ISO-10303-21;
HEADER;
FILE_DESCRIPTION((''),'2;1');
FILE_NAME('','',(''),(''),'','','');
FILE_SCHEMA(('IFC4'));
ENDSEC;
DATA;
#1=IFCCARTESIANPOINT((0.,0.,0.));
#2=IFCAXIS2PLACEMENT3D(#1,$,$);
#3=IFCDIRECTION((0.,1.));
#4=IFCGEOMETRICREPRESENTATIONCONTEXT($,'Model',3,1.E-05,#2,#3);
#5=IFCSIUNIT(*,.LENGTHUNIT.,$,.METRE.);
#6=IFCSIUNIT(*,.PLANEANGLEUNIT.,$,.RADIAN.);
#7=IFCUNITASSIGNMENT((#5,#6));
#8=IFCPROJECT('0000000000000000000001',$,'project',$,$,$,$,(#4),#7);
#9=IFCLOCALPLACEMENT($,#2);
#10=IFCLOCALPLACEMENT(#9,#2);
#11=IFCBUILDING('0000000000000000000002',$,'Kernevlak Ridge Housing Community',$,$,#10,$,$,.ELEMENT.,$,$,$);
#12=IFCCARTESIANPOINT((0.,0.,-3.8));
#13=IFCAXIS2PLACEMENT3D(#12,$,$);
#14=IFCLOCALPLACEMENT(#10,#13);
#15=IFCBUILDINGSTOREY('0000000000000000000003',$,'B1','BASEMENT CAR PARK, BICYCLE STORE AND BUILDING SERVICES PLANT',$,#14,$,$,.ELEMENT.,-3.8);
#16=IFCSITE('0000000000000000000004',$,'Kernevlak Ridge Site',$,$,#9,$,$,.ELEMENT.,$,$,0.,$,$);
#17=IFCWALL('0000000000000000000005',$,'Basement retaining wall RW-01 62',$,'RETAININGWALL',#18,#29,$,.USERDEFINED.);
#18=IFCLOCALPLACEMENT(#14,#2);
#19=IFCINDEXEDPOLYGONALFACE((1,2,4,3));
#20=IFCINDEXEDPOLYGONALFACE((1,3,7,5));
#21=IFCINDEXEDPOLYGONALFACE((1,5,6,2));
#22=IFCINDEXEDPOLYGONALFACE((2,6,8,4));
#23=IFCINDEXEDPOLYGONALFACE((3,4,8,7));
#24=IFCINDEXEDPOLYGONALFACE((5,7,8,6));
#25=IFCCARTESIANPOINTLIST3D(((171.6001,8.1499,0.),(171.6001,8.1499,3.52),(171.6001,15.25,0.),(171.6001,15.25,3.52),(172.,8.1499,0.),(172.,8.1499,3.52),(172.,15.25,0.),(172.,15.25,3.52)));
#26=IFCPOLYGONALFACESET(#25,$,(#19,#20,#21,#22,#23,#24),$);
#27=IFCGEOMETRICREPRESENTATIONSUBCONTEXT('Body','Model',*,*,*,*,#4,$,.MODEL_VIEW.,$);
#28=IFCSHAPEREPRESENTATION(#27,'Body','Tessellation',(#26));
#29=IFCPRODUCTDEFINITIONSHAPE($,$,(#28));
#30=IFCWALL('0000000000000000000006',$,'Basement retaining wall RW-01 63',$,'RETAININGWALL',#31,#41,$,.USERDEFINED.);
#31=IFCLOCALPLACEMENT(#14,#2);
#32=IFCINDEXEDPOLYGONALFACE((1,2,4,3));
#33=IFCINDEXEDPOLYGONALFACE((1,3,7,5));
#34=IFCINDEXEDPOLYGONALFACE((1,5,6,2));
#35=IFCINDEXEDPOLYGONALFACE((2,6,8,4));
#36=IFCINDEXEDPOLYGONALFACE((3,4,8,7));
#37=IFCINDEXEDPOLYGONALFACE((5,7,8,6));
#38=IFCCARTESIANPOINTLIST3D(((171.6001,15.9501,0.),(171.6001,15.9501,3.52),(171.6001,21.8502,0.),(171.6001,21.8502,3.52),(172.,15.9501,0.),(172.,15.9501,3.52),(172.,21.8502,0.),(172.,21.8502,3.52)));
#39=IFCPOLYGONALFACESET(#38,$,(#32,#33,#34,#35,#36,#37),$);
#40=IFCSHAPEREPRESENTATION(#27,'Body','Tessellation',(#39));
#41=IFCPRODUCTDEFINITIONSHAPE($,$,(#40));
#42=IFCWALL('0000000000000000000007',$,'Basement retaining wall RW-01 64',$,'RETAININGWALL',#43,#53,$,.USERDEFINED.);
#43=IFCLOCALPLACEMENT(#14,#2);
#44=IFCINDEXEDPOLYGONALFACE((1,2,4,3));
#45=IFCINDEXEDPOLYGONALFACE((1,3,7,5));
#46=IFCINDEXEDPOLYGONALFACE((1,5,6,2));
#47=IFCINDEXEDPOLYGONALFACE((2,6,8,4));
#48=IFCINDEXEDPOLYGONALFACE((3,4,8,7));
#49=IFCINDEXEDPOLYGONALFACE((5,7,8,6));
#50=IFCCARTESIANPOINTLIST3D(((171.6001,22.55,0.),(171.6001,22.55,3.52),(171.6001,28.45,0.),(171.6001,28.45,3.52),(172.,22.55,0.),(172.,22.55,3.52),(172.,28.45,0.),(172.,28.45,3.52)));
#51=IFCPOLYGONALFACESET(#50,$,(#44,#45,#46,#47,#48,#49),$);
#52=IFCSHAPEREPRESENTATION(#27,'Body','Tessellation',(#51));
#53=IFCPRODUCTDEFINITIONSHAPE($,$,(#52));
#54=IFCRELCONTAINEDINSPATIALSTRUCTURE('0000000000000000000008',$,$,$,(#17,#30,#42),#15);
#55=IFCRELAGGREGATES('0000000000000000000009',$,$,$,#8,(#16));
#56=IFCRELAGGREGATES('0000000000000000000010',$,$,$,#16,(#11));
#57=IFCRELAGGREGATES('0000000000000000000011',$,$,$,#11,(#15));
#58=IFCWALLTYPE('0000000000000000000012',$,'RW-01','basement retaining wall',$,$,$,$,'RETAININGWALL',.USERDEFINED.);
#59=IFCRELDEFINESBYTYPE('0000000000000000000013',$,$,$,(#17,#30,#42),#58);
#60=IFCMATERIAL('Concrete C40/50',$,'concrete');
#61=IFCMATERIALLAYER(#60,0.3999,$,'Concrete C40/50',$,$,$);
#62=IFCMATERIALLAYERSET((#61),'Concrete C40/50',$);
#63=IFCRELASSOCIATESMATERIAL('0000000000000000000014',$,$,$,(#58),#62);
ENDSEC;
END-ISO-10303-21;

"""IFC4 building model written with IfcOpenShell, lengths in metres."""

from ifc_helpers import new_model, si_unit, direction, frame, frame_2d, origin, place, context, subcontext, project, spatial, rectangle, extrude, material, layer, layer_set, type_object, element, save


model = new_model("IFC4")

# Units and contexts
model_context = context("Model", 3, precision=1e-05, world=origin(), true_north=direction((0.0, 1.0)))
body_context = subcontext(model_context, "Body", "Model", "MODEL_VIEW")
ifc_project = project(units=[si_unit("LENGTHUNIT", "METRE"), si_unit("PLANEANGLEUNIT", "RADIAN")], contexts=[model_context])

# Site, building, storey
site_placement = place(None, origin())
site = spatial("IfcSite", under=ifc_project, at=site_placement, Name="Kernevlak Ridge Site", CompositionType="ELEMENT", RefElevation=0.0)
building_placement = place(site_placement, origin())
building = spatial("IfcBuilding", under=site, at=building_placement, Name="Kernevlak Ridge Housing Community", CompositionType="ELEMENT")
storey_placement = place(building_placement, frame((0.0, 0.0, -3.8)))
storey = spatial("IfcBuildingStorey", under=building, at=storey_placement, Name="B1", Description="BASEMENT CAR PARK, BICYCLE STORE AND BUILDING SERVICES PLANT", CompositionType="ELEMENT", Elevation=-3.8)

# Shared definitions
ifc_material_1 = material(Name="Concrete C40/50", Category="concrete")

# Walls
ifc_layer = layer(ifc_material_1, 0.3999, Name="Concrete C40/50")
ifc_layer_set = layer_set([ifc_layer], Name="Concrete C40/50")
wall_type = type_object("IfcWallType", Name="RW-01", Description="basement retaining wall", ElementType="RETAININGWALL", PredefinedType="USERDEFINED", material=ifc_layer_set)
wall_1_placement = place(storey_placement, frame((171.8, 8.1499, 0.0), z_axis=(0.0, 0.0, 1.0), x_axis=(0.0, 1.0, 0.0)))
element("IfcWall", 1, at=wall_1_placement, inside=storey, type_object=wall_type, Name="Basement retaining wall RW-01 62", ObjectType="RETAININGWALL", PredefinedType="USERDEFINED", context=body_context, shape_type="SweptSolid", body=[
    extrude(rectangle(XDim=7.1001, YDim=0.3999, at=frame_2d((3.55, 0.0))), origin(), (0.0, 0.0, 1.0), 3.52),
])
wall_2_placement = place(storey_placement, frame((171.8, 15.95, 0.0), z_axis=(0.0, 0.0, 1.0), x_axis=(0.0, 1.0, 0.0)))
element("IfcWall", 2, at=wall_2_placement, inside=storey, type_object=wall_type, Name="Basement retaining wall RW-01 63", ObjectType="RETAININGWALL", PredefinedType="USERDEFINED", context=body_context, shape_type="SweptSolid", body=[
    extrude(rectangle(XDim=5.9001, YDim=0.3999, at=frame_2d((2.9502, 0.0))), origin(), (0.0, 0.0, 1.0), 3.52),
])
wall_3_placement = place(storey_placement, frame((171.8, 22.55, 0.0), z_axis=(0.0, 0.0, 1.0), x_axis=(0.0, 1.0, 0.0)))
element("IfcWall", 3, at=wall_3_placement, inside=storey, type_object=wall_type, Name="Basement retaining wall RW-01 64", ObjectType="RETAININGWALL", PredefinedType="USERDEFINED", context=body_context, shape_type="SweptSolid", body=[
    extrude(rectangle(XDim=5.8999, YDim=0.3999, at=frame_2d((2.95, 0.0))), origin(), (0.0, 0.0, 1.0), 3.52),
])

save(model, "model.ifc")
